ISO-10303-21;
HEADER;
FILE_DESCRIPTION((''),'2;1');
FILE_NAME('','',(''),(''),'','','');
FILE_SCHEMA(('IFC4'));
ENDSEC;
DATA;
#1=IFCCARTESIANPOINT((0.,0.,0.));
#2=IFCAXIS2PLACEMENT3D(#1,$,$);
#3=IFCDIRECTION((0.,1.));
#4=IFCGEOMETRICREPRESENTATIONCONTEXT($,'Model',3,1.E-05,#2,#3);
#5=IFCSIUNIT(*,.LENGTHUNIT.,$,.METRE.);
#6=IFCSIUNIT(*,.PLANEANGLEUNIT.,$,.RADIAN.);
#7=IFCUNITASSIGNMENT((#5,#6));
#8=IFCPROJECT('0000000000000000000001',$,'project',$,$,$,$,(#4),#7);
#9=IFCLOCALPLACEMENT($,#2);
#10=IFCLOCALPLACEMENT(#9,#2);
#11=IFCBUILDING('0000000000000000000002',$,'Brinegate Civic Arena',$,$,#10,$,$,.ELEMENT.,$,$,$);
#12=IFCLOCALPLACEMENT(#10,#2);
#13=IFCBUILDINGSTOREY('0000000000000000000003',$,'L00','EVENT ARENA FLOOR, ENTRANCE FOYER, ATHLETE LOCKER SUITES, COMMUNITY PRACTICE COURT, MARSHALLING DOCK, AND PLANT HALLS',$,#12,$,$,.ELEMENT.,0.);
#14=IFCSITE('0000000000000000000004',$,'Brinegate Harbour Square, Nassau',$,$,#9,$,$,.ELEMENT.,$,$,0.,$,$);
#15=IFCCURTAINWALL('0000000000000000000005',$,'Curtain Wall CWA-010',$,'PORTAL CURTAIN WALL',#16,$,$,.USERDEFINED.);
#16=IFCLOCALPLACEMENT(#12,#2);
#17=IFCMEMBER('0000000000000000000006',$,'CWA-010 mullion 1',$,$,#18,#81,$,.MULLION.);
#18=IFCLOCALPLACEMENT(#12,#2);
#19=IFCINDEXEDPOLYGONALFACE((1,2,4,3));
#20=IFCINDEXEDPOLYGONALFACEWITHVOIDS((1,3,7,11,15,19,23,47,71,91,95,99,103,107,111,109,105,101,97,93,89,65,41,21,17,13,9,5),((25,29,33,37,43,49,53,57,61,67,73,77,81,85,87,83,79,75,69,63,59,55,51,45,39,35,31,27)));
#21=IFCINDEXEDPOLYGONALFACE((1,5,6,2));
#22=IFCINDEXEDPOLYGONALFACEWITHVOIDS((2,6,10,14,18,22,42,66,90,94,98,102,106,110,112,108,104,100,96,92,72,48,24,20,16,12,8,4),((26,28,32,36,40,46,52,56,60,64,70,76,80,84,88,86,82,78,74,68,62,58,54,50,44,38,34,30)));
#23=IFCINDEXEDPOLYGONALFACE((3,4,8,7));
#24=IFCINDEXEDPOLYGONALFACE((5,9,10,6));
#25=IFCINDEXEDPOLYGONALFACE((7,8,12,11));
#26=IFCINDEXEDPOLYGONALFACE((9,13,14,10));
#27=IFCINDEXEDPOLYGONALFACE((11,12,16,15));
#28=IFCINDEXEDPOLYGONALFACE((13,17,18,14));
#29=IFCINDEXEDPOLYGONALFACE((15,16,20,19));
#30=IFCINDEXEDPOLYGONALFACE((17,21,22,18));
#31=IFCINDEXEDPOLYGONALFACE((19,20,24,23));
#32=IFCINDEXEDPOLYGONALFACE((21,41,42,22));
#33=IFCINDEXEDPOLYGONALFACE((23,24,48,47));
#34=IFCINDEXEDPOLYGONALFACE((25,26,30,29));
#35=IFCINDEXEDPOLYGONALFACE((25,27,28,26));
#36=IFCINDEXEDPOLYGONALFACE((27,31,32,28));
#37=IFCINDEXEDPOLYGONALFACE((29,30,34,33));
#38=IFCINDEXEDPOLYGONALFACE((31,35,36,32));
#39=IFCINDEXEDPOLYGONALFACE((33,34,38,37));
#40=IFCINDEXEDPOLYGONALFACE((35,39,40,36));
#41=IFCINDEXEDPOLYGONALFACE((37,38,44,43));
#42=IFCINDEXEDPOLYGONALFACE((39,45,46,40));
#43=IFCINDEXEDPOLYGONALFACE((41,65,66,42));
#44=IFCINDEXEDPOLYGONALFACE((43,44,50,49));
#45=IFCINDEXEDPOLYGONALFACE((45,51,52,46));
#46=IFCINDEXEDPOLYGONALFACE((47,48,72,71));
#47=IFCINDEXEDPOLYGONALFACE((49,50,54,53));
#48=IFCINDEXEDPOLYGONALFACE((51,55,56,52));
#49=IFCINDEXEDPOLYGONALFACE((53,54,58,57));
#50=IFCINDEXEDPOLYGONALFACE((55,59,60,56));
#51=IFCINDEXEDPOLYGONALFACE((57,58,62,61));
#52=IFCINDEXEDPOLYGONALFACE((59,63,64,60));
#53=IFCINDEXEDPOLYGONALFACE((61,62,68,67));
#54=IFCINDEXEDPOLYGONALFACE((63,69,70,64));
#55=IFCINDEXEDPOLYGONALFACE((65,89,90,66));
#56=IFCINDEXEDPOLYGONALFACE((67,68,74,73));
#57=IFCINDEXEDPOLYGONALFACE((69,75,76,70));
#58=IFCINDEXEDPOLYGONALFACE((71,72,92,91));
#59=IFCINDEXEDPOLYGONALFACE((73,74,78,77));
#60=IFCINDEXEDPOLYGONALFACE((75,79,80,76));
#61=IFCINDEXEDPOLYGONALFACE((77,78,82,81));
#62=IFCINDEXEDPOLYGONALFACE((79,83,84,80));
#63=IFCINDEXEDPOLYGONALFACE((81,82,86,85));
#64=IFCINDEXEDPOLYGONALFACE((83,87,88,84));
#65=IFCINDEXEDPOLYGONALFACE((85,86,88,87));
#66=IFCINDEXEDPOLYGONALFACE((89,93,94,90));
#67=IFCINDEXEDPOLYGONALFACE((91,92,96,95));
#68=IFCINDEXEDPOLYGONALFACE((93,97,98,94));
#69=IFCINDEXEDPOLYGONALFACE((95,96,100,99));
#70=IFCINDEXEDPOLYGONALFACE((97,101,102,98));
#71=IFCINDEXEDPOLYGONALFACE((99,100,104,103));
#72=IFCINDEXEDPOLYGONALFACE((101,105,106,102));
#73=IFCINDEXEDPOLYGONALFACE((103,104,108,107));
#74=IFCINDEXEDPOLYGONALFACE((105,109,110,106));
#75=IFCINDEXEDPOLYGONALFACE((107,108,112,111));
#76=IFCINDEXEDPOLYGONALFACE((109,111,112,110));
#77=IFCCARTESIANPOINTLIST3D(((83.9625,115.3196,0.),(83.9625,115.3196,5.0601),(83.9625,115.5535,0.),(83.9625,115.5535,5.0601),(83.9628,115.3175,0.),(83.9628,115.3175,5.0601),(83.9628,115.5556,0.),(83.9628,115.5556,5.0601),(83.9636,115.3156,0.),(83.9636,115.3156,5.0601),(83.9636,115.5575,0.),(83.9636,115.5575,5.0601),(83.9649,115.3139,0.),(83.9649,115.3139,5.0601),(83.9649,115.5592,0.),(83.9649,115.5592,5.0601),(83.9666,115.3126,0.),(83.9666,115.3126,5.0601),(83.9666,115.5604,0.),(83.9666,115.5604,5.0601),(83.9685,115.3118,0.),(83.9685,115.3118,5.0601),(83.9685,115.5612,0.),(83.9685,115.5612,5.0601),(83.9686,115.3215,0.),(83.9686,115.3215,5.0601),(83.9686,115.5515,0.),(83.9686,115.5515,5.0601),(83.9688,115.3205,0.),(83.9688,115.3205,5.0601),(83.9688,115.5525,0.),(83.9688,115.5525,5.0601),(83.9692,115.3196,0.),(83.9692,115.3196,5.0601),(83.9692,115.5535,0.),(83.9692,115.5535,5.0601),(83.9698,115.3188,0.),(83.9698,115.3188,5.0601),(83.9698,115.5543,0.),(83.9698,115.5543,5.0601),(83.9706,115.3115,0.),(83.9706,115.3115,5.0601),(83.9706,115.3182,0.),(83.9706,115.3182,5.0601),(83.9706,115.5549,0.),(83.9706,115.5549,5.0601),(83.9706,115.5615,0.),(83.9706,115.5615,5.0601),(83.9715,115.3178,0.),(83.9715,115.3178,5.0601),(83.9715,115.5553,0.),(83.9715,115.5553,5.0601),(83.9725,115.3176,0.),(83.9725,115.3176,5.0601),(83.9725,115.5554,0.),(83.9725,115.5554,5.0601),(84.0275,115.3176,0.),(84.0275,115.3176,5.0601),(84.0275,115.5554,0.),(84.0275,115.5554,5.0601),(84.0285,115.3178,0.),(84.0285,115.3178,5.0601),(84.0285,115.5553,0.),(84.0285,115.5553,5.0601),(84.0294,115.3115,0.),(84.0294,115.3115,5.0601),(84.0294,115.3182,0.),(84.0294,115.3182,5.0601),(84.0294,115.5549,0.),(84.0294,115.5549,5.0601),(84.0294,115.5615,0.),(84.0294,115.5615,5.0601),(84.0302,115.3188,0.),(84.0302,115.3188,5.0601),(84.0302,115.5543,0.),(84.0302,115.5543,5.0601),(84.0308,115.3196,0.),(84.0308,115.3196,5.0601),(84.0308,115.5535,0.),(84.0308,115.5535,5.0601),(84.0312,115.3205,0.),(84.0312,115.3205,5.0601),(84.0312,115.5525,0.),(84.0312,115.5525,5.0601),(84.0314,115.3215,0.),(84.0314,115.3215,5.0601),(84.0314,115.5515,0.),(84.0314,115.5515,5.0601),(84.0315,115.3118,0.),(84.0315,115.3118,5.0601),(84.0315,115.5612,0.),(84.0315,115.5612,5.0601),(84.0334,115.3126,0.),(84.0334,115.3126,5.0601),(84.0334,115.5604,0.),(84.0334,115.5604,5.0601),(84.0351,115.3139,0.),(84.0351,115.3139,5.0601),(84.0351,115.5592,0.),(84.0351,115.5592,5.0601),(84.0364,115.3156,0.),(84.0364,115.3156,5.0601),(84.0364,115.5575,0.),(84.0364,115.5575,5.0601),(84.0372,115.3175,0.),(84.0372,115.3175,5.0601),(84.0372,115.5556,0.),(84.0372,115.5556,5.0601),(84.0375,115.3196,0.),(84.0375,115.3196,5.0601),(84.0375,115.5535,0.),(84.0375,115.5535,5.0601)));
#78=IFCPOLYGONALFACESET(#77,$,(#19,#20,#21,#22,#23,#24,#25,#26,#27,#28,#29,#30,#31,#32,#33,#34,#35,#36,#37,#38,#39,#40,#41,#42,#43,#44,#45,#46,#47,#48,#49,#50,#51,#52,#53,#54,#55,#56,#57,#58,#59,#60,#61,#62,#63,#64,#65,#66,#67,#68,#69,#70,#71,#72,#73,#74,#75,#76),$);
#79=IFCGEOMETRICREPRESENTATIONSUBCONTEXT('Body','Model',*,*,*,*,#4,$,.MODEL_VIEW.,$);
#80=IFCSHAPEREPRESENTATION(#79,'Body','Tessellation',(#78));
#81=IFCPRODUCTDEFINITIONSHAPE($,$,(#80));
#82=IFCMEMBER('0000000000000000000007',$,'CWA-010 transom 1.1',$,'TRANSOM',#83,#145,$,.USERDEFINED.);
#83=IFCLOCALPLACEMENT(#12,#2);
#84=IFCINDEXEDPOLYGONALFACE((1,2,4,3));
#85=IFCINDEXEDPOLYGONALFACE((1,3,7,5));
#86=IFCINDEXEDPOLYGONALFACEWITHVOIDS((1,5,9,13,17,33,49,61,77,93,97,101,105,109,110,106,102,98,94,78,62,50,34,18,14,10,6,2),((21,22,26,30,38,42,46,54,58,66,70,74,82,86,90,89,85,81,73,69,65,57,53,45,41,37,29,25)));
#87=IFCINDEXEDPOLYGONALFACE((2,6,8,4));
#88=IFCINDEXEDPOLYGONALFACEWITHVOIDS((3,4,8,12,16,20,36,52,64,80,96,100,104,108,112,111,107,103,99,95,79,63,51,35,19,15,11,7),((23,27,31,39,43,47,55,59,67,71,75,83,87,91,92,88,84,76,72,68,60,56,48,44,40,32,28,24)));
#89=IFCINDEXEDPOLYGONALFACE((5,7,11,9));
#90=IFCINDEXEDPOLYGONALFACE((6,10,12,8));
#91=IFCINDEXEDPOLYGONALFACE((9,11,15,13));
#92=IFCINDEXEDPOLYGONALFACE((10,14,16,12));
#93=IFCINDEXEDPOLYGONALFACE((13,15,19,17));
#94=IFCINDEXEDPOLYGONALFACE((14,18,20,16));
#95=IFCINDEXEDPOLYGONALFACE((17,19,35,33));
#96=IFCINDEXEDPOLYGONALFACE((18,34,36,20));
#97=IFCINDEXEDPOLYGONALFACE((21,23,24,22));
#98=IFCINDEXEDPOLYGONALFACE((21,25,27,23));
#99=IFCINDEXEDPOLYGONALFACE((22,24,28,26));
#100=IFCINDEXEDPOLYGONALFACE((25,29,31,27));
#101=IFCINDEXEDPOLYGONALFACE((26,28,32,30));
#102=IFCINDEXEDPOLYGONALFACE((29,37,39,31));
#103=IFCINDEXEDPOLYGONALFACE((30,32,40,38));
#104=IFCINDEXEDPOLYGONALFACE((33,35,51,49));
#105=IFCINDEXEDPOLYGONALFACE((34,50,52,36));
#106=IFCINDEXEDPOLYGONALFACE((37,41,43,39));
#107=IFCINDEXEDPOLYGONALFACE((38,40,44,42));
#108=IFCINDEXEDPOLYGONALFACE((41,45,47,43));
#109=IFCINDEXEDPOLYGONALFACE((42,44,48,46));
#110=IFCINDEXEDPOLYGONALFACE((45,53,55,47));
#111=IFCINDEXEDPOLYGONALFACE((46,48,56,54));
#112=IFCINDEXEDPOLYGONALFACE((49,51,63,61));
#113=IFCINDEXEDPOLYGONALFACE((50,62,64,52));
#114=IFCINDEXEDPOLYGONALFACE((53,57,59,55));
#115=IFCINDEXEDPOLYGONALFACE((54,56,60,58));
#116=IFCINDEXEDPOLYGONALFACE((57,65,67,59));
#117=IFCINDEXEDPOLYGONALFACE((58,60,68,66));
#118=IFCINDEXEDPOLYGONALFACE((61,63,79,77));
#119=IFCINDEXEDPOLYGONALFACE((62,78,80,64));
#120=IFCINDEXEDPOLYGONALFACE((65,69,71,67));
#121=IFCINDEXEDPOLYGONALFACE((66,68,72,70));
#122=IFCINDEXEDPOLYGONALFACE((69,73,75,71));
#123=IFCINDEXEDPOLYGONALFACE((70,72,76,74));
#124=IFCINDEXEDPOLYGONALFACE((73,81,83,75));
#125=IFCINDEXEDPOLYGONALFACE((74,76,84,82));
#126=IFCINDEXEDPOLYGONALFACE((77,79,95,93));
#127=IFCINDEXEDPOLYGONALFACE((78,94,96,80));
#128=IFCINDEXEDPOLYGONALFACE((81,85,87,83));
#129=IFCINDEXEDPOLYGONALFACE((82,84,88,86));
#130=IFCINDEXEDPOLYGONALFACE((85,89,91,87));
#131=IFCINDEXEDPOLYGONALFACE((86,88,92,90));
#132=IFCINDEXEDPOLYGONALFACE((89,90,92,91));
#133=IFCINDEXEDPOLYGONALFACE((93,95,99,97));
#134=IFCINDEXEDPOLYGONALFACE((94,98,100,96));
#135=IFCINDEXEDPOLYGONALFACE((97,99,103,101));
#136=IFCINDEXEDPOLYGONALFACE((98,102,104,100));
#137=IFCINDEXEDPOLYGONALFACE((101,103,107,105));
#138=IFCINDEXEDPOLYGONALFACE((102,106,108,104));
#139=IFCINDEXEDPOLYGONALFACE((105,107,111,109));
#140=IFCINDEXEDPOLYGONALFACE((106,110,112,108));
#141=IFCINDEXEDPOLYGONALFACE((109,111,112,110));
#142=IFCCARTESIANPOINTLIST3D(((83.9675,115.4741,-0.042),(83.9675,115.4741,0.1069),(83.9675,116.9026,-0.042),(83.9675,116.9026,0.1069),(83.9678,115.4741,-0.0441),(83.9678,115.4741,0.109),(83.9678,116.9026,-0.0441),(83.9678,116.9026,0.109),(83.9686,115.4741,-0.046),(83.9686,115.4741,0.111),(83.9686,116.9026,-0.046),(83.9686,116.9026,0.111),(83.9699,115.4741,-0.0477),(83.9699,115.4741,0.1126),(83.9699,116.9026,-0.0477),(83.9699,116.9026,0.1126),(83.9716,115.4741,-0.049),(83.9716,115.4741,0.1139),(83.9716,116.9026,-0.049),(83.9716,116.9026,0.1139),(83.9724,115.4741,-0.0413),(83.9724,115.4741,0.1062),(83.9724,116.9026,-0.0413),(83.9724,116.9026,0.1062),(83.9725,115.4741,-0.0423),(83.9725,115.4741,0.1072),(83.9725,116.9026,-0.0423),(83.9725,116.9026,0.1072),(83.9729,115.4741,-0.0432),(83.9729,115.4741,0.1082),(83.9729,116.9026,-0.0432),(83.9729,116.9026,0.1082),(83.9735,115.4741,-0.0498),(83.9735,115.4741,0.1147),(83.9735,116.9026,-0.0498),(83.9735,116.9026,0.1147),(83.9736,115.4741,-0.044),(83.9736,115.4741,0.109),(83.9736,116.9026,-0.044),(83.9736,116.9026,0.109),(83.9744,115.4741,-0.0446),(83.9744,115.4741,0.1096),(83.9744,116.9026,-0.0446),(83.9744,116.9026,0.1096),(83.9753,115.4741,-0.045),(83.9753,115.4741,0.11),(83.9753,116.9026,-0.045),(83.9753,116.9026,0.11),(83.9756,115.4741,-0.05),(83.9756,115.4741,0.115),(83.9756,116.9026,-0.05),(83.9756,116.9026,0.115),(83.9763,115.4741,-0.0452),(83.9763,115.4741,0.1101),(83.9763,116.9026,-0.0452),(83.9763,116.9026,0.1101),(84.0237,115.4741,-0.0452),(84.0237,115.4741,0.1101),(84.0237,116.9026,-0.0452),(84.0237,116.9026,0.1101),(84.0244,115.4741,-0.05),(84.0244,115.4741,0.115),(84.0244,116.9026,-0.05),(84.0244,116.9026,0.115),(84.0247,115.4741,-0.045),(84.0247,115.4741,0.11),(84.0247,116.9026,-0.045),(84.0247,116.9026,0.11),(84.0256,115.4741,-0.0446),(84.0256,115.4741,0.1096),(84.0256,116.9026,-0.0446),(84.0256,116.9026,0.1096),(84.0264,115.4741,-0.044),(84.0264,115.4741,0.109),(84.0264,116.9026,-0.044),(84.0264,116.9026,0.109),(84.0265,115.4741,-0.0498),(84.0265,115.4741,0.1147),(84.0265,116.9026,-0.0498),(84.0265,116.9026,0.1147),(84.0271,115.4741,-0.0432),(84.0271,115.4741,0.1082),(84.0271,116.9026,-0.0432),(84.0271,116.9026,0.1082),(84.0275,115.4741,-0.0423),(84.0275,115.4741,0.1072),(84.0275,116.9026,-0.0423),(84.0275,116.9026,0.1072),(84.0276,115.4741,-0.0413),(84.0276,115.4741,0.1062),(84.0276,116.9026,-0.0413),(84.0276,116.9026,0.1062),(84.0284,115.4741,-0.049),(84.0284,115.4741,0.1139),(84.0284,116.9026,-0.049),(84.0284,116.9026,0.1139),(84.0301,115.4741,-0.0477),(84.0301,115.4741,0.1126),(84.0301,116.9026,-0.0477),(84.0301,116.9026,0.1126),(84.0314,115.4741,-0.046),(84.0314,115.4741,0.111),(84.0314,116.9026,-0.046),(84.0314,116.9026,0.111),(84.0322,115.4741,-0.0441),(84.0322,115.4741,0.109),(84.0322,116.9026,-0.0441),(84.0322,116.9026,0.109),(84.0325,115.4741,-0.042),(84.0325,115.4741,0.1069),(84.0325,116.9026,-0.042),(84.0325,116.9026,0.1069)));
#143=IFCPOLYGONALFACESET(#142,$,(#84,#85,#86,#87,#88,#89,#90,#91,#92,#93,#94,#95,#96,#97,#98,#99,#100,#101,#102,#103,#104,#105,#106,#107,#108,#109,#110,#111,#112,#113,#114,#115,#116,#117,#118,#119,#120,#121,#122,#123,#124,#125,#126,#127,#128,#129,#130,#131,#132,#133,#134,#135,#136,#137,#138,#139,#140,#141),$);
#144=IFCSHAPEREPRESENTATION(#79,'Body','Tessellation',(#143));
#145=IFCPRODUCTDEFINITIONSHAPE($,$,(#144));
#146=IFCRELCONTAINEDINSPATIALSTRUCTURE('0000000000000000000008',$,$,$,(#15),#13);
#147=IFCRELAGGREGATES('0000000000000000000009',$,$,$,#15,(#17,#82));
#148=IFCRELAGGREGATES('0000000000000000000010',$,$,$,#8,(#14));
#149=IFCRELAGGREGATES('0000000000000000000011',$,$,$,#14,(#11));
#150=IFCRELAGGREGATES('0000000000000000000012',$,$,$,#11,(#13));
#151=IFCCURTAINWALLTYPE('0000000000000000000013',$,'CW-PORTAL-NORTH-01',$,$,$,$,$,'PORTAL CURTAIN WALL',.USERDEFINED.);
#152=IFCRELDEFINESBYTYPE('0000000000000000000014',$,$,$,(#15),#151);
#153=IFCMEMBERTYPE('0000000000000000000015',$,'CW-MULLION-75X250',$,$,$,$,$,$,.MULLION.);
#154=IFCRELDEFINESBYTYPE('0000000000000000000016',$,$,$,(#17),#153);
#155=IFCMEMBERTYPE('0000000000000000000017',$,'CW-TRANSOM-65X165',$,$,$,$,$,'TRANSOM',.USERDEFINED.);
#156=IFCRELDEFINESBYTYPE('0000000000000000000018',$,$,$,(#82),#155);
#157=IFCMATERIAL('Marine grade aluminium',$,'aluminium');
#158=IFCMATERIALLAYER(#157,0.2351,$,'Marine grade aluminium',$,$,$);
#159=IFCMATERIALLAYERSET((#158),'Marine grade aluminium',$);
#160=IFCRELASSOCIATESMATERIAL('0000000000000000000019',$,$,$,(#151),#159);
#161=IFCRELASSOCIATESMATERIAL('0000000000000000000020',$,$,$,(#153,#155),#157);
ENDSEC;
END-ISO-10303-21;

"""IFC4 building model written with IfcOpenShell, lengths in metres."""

from ifc_helpers import new_model, si_unit, direction, frame, origin, origin_2d, place, context, subcontext, project, spatial, hollow_rectangle, extrude, material, layer, layer_set, material_profile, profile_set, type_object, element, aggregate, save


model = new_model("IFC4")

# Units and contexts
model_context = context("Model", 3, precision=1e-05, world=origin(), true_north=direction((0.0, 1.0)))
body_context = subcontext(model_context, "Body", "Model", "MODEL_VIEW")
ifc_project = project(units=[si_unit("LENGTHUNIT", "METRE"), si_unit("PLANEANGLEUNIT", "RADIAN")], contexts=[model_context])

# Site, building, storey
site_placement = place(None, origin())
site = spatial("IfcSite", under=ifc_project, at=site_placement, Name="Brinegate Harbour Square, Nassau", CompositionType="ELEMENT", RefElevation=0.0)
building_placement = place(site_placement, origin())
building = spatial("IfcBuilding", under=site, at=building_placement, Name="Brinegate Civic Arena", CompositionType="ELEMENT")
storey_placement = place(building_placement, origin())
storey = spatial("IfcBuildingStorey", under=building, at=storey_placement, Name="L00", Description="EVENT ARENA FLOOR, ENTRANCE FOYER, ATHLETE LOCKER SUITES, COMMUNITY PRACTICE COURT, MARSHALLING DOCK, AND PLANT HALLS", CompositionType="ELEMENT", Elevation=0.0)

# Curtain wall, members
ifc_material_1 = material(Name="Marine grade aluminium", Category="aluminium")
ifc_layer_1 = layer(ifc_material_1, 0.2351, Name="Marine grade aluminium")
ifc_layer_set_1 = layer_set([ifc_layer_1], Name="Marine grade aluminium")
curtain_wall_type = type_object("IfcCurtainWallType", Name="CW-PORTAL-NORTH-01", ElementType="PORTAL CURTAIN WALL", PredefinedType="USERDEFINED", material=ifc_layer_set_1)
curtain_wall_placement = place(storey_placement, origin())
curtain_wall = element("IfcCurtainWall", 1, at=curtain_wall_placement, inside=storey, type_object=curtain_wall_type, Name="Curtain Wall CWA-010", ObjectType="PORTAL CURTAIN WALL", PredefinedType="USERDEFINED")
ifc_material_profile_1 = material_profile(ifc_material_1, hollow_rectangle(XDim=0.075, YDim=0.25, WallThickness=0.0061, InnerFilletRadius=0.0039, OuterFilletRadius=0.0081, at=origin_2d()), Name="MUL75X250")
ifc_profile_set_1 = profile_set([ifc_material_profile_1], Name="Marine grade aluminium")
member_type_1 = type_object("IfcMemberType", Name="CW-MULLION-75X250", PredefinedType="MULLION", material=ifc_profile_set_1)
member_1_placement = place(storey_placement, frame((84.0, 115.4365, 0.0), z_axis=(0.0, 0.0, 1.0), x_axis=(-1.0, 0.0, 0.0)))
member_1 = element("IfcMember", 2, at=member_1_placement, type_object=member_type_1, Name="CWA-010 mullion 1", PredefinedType="MULLION", context=body_context, shape_type="SweptSolid", body=[
    extrude(hollow_rectangle(XDim=0.075, YDim=0.25, WallThickness=0.0061, InnerFilletRadius=0.0039, OuterFilletRadius=0.0081, at=origin_2d()), origin(), (0.0, 0.0, 1.0), 5.0601),
])
ifc_material_profile_2 = material_profile(ifc_material_1, hollow_rectangle(XDim=0.0649, YDim=0.165, WallThickness=0.0049, InnerFilletRadius=0.0039, OuterFilletRadius=0.0081, at=origin_2d()), Name="TRN65X165")
ifc_profile_set_2 = profile_set([ifc_material_profile_2], Name="Marine grade aluminium")
member_type_2 = type_object("IfcMemberType", Name="CW-TRANSOM-65X165", ElementType="TRANSOM", PredefinedType="USERDEFINED", material=ifc_profile_set_2)
member_2_placement = place(storey_placement, frame((84.0, 115.4741, 0.0325), z_axis=(0.0, 1.0, 0.0), x_axis=(-1.0, 0.0, 0.0)))
member_2 = element("IfcMember", 3, at=member_2_placement, type_object=member_type_2, Name="CWA-010 transom 1.1", ObjectType="TRANSOM", PredefinedType="USERDEFINED", context=body_context, shape_type="SweptSolid", body=[
    extrude(hollow_rectangle(XDim=0.0649, YDim=0.165, WallThickness=0.0049, InnerFilletRadius=0.0039, OuterFilletRadius=0.0081, at=origin_2d()), origin(), (0.0, 0.0, 1.0), 1.4285),
])
aggregate(curtain_wall, [member_1, member_2])

save(model, "model.ifc")
